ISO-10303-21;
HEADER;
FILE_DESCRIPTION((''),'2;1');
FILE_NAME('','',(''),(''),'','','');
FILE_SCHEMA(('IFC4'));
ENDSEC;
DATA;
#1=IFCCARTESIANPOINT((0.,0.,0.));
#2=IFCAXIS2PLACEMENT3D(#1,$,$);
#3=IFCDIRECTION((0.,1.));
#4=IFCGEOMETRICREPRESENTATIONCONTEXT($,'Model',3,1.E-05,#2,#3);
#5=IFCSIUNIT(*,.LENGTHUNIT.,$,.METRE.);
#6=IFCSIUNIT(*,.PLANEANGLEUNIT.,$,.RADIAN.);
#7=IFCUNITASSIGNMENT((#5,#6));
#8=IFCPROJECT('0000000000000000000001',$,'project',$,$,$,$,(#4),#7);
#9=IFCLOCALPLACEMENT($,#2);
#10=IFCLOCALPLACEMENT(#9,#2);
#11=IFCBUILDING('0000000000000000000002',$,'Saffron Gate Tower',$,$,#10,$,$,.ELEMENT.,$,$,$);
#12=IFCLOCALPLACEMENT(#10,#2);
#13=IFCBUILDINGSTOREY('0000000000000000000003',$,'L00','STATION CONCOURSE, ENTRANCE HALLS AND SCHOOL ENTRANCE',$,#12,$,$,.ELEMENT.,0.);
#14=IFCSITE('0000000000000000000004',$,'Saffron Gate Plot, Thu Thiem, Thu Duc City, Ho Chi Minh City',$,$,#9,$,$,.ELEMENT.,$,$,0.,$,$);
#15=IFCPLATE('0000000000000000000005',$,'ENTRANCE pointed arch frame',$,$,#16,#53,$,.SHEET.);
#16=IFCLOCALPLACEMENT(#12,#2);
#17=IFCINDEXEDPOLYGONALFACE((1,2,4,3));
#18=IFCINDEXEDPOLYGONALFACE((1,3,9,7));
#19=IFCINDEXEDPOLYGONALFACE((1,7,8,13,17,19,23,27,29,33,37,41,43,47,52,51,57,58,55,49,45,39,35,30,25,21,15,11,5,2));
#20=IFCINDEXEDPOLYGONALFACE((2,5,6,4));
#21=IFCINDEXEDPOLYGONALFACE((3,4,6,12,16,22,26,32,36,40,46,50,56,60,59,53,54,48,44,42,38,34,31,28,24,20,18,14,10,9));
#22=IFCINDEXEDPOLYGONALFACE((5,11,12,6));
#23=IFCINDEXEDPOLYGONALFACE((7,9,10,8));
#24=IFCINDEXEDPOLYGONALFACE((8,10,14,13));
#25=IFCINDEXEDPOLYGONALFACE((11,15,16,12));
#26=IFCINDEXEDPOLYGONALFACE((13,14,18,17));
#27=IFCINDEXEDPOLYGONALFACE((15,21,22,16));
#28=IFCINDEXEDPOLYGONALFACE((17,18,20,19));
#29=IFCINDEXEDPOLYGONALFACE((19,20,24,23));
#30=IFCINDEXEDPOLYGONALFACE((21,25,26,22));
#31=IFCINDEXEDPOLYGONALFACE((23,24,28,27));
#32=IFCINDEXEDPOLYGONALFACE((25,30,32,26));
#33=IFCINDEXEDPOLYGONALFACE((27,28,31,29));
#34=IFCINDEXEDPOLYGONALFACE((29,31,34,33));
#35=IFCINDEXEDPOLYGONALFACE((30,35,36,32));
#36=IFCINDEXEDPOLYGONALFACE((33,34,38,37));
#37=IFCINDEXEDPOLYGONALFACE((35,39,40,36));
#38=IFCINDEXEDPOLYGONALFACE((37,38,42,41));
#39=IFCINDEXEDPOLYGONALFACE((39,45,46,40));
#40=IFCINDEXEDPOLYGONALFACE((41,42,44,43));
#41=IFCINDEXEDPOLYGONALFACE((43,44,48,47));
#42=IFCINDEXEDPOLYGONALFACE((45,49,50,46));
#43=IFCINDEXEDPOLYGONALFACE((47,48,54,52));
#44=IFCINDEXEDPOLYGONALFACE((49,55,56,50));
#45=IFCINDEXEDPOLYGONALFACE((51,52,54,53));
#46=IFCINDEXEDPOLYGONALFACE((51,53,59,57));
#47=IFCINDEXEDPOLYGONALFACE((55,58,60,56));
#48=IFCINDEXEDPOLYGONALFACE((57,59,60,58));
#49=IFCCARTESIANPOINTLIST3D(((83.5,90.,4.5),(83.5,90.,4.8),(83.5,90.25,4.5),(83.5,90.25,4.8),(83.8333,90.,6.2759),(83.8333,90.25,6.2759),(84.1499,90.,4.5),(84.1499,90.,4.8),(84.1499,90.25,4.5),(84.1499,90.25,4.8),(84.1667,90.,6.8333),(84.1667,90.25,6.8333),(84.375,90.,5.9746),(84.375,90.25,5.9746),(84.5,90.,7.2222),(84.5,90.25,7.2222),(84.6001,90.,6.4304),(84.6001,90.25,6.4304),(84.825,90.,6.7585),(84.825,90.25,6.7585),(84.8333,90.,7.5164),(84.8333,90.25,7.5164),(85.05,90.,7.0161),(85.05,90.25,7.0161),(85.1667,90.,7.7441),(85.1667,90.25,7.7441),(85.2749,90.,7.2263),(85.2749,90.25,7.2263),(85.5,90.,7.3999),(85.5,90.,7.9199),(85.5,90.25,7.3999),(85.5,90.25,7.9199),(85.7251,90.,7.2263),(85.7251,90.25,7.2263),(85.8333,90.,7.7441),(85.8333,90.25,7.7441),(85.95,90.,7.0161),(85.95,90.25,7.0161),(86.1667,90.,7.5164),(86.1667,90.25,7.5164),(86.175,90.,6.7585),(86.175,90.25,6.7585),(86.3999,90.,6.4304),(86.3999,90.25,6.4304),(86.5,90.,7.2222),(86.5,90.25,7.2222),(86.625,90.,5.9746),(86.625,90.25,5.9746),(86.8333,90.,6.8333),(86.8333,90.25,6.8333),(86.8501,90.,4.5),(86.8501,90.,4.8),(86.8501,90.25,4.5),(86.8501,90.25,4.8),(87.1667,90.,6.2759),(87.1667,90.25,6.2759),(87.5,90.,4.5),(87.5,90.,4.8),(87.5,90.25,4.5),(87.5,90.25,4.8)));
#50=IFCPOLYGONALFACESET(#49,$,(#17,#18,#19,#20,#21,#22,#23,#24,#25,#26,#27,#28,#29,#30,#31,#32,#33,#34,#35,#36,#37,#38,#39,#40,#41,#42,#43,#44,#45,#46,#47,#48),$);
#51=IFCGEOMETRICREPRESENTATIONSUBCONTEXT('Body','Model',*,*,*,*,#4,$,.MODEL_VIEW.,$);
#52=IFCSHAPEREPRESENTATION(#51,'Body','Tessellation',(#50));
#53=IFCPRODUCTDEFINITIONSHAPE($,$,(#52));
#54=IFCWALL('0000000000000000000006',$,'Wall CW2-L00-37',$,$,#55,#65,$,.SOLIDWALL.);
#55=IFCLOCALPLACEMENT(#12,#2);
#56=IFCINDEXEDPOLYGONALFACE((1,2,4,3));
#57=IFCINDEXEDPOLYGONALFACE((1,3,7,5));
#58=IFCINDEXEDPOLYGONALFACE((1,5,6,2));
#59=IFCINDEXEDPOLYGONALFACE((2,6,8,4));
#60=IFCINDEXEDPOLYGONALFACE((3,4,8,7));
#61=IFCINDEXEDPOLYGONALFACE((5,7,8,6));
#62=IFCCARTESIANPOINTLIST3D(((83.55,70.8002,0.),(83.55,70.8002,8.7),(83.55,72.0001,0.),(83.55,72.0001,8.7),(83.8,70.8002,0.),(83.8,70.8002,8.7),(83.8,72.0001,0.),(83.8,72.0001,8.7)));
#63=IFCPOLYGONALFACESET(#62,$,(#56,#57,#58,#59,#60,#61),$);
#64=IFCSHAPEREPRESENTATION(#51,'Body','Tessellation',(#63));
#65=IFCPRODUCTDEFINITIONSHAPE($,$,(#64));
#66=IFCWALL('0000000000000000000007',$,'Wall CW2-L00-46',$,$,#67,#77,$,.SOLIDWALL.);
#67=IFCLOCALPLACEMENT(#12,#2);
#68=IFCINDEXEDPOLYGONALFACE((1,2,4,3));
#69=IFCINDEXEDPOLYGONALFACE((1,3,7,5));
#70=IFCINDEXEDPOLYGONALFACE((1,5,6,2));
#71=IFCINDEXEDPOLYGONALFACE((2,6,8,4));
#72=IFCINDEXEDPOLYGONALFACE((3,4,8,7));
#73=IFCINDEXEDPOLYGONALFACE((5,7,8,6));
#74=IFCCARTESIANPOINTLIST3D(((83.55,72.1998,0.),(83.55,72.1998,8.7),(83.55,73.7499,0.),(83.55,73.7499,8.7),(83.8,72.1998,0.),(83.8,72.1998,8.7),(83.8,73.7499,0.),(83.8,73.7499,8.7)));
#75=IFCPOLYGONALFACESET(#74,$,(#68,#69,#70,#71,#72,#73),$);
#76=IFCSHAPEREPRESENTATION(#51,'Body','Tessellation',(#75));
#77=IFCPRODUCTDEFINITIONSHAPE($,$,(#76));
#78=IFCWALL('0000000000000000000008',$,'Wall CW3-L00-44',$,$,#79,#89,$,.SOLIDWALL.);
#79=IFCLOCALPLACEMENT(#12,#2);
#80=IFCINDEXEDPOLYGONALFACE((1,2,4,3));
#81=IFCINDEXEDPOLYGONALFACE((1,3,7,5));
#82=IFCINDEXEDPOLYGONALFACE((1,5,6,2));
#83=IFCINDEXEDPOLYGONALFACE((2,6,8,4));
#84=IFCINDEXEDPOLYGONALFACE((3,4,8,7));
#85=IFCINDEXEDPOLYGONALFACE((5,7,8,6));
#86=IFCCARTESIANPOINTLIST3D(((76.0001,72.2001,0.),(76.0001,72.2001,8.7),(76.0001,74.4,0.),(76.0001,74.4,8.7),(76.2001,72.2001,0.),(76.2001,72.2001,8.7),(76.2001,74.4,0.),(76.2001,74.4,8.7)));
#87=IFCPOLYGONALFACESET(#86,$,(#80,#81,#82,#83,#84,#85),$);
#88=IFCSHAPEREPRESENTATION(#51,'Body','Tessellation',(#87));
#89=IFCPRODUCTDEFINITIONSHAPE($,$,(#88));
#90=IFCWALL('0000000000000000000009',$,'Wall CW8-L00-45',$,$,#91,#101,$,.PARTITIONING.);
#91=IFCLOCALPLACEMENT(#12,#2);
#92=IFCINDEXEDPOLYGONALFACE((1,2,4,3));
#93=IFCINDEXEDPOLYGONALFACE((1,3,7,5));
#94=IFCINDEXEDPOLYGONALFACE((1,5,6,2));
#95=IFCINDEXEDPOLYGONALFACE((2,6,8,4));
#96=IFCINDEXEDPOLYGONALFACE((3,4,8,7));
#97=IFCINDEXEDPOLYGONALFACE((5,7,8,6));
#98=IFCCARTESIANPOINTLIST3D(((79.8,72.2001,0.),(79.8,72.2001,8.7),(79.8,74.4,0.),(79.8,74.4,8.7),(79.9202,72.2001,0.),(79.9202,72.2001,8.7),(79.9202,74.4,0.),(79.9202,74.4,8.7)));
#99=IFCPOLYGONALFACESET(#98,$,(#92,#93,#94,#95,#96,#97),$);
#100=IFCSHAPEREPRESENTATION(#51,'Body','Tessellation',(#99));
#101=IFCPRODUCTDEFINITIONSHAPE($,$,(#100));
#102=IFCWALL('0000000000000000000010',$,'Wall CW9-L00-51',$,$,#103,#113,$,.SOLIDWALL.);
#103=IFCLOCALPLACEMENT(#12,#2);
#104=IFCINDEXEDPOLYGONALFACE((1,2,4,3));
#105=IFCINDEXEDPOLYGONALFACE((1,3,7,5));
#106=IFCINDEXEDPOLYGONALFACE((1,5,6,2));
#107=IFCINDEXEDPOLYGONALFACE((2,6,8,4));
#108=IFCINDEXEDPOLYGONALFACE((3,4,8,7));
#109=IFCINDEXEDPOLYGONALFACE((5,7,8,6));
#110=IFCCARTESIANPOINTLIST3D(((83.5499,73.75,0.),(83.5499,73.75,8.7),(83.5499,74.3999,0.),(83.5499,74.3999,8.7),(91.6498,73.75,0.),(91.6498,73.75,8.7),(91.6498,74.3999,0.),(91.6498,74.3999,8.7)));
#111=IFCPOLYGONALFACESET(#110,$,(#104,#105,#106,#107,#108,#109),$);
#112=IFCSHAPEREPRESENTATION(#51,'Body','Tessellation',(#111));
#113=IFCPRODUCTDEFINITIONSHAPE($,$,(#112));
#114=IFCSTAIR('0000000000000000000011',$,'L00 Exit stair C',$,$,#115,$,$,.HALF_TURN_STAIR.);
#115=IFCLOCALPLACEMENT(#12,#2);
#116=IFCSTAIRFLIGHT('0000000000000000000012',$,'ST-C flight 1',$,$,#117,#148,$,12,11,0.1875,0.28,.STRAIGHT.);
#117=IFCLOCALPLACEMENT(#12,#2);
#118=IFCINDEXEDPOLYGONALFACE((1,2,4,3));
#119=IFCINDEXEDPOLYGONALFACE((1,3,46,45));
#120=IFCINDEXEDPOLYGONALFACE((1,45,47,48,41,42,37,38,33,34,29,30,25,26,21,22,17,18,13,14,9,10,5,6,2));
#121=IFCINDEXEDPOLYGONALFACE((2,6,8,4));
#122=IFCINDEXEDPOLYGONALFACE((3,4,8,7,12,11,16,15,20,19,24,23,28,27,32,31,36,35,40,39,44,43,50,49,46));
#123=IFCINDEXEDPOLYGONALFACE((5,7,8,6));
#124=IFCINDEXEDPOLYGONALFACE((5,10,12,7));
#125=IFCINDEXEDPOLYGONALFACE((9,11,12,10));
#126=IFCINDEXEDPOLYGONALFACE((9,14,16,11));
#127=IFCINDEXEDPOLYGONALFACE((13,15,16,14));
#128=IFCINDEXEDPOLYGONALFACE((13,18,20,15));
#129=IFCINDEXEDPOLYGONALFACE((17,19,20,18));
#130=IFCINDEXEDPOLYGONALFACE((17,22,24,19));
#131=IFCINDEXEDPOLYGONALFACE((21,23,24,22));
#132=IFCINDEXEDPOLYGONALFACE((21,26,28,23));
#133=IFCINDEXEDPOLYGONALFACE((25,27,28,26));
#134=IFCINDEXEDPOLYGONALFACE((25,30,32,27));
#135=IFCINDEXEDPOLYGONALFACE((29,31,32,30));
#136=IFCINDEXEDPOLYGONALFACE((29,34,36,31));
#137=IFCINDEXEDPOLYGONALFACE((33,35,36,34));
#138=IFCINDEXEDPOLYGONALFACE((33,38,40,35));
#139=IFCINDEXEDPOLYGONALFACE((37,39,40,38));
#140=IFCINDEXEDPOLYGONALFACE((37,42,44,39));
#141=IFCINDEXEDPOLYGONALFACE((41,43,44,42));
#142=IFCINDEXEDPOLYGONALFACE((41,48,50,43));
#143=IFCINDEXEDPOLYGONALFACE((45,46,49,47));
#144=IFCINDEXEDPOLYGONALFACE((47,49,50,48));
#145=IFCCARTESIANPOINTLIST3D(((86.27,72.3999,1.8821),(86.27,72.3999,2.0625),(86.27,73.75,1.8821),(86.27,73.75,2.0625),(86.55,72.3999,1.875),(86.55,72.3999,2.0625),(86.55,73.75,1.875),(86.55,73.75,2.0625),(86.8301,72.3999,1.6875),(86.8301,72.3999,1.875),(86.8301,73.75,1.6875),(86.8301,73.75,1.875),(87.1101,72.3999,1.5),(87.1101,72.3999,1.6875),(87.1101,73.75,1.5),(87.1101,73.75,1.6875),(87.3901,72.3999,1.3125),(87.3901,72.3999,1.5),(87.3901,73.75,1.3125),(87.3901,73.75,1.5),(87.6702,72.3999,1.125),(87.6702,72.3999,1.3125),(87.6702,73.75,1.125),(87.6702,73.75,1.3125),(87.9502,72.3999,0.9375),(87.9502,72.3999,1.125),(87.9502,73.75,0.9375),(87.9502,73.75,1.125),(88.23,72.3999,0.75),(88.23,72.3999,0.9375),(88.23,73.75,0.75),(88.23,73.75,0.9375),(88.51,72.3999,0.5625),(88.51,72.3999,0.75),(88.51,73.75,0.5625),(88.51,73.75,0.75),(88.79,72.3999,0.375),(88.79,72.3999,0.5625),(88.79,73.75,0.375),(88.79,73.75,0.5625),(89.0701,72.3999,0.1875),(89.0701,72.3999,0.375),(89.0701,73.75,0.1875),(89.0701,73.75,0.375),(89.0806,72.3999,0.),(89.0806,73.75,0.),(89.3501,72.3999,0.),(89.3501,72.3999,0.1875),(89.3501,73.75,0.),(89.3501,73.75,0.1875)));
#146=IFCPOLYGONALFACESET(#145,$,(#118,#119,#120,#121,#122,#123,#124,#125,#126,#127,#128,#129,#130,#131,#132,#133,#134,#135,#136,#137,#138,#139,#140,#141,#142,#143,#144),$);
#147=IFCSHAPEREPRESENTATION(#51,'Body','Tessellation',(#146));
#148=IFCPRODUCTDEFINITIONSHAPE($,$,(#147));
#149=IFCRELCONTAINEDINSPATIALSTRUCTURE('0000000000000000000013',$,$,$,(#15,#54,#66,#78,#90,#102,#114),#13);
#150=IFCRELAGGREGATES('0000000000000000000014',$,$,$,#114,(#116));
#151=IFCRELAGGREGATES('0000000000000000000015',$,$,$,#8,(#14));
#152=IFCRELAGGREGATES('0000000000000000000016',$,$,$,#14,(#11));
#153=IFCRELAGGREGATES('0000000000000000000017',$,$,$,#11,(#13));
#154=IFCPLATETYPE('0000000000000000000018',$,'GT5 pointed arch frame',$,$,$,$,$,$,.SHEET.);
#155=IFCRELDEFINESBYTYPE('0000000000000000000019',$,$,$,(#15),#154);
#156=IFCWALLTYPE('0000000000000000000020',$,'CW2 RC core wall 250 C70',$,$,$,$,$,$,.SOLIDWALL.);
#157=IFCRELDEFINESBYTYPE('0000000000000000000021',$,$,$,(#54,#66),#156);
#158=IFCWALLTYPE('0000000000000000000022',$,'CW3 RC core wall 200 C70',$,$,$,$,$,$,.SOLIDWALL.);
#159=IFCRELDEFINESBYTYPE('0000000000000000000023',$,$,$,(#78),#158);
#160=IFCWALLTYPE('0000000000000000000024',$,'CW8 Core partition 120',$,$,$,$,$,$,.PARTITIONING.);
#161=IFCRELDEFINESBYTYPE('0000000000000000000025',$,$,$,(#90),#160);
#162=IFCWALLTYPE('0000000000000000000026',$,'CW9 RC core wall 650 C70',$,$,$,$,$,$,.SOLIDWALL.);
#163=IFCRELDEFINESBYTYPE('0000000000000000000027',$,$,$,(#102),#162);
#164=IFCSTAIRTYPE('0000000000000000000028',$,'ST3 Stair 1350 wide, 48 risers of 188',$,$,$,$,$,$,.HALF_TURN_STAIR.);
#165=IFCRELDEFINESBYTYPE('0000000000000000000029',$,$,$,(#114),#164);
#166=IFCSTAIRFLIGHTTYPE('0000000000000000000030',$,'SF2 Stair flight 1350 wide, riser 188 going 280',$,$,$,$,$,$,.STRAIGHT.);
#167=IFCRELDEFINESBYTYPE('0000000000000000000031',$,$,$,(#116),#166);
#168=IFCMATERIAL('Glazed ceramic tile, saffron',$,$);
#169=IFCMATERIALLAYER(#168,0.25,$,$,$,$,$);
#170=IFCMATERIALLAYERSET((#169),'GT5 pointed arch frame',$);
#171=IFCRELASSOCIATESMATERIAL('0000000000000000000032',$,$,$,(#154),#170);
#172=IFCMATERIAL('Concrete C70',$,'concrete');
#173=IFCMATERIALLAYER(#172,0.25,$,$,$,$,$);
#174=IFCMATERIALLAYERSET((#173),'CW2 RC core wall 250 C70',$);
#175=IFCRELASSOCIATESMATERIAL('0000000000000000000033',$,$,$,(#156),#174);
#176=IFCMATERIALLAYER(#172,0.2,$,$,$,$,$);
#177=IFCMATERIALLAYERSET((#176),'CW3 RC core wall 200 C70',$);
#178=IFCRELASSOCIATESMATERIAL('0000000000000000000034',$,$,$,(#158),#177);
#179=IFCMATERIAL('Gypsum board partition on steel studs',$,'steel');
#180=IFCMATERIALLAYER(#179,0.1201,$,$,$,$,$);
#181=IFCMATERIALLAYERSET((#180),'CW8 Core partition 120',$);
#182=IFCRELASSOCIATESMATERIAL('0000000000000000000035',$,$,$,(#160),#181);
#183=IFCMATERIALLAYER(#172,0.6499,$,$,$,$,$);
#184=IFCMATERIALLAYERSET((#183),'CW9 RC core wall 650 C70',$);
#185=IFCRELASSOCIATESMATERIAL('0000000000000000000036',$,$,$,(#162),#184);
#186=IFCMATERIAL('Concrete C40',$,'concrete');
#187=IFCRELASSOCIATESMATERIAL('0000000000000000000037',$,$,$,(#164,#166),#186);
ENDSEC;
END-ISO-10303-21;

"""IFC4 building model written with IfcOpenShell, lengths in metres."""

from ifc_helpers import new_model, si_unit, direction, frame, frame_2d, origin, place, context, subcontext, project, spatial, polyline, rectangle, outline, extrude, material, layer, layer_set, type_object, element, aggregate, save


model = new_model("IFC4")

# Units and contexts
model_context = context("Model", 3, precision=1e-05, world=origin(), true_north=direction((0.0, 1.0)))
body_context = subcontext(model_context, "Body", "Model", "MODEL_VIEW")
ifc_project = project(units=[si_unit("LENGTHUNIT", "METRE"), si_unit("PLANEANGLEUNIT", "RADIAN")], contexts=[model_context])

# Site, building, storey
site_placement = place(None, origin())
site = spatial("IfcSite", under=ifc_project, at=site_placement, Name="Saffron Gate Plot, Thu Thiem, Thu Duc City, Ho Chi Minh City", CompositionType="ELEMENT", RefElevation=0.0)
building_placement = place(site_placement, origin())
building = spatial("IfcBuilding", under=site, at=building_placement, Name="Saffron Gate Tower", CompositionType="ELEMENT")
storey_placement = place(building_placement, origin())
storey = spatial("IfcBuildingStorey", under=building, at=storey_placement, Name="L00", Description="STATION CONCOURSE, ENTRANCE HALLS AND SCHOOL ENTRANCE", CompositionType="ELEMENT", Elevation=0.0)

# Plate
ifc_material_1 = material(Name="Glazed ceramic tile, saffron")
ifc_layer_1 = layer(ifc_material_1, 0.25)
ifc_layer_set_1 = layer_set([ifc_layer_1], Name="GT5 pointed arch frame")
plate_type_1 = type_object("IfcPlateType", Name="GT5 pointed arch frame", PredefinedType="SHEET", material=ifc_layer_set_1)
plate_1_placement = place(storey_placement, frame((86.8501, 90.25, 4.5), z_axis=(0.0, 1.0, 0.0), x_axis=(0.0, 0.0, 1.0)))
element("IfcPlate", 1, at=plate_1_placement, inside=storey, type_object=plate_type_1, Name="ENTRANCE pointed arch frame", PredefinedType="SHEET", context=body_context, shape_type="SweptSolid", body=[
    extrude(outline(polyline([(0.0, 0.0), (0.3, 0.0), (1.4746, -0.2251), (1.9304, -0.4502), (2.2585, -0.675), (2.5161, -0.9001), (2.7263, -1.125), (2.8999, -1.3501), (2.7263, -1.5752), (2.5161, -1.8), (2.2585, -2.0251), (1.9304, -2.25), (1.4746, -2.4751), (0.3, -2.7002), (0.0, -2.7002), (0.0, -3.3501), (0.3, -3.3501), (1.7759, -3.0168), (2.3333, -2.6833), (2.7222, -2.3501), (3.0164, -2.0168), (3.2441, -1.6833), (3.4199, -1.3501), (3.2441, -1.0168), (3.0164, -0.6833), (2.7222, -0.3501), (2.3333, -0.0168), (1.7759, 0.3167), (0.3, 0.6499), (0.0, 0.6499), (0.0, 0.0)])), origin(), (0.0, 0.0, -1.0), 0.25),
])

# Walls
ifc_material_2 = material(Name="Concrete C70", Category="concrete")
ifc_layer_2 = layer(ifc_material_2, 0.25)
ifc_layer_set_2 = layer_set([ifc_layer_2], Name="CW2 RC core wall 250 C70")
wall_type_1 = type_object("IfcWallType", Name="CW2 RC core wall 250 C70", PredefinedType="SOLIDWALL", material=ifc_layer_set_2)
wall_1_placement = place(storey_placement, frame((83.675, 70.8, 0.0), z_axis=(0.0, 0.0, 1.0), x_axis=(0.0, 1.0, 0.0)))
element("IfcWall", 2, at=wall_1_placement, inside=storey, type_object=wall_type_1, Name="Wall CW2-L00-37", PredefinedType="SOLIDWALL", context=body_context, shape_type="SweptSolid", body=[
    extrude(rectangle(XDim=1.2, YDim=0.25, at=frame_2d((0.6001, 0.0))), origin(), (0.0, 0.0, 1.0), 8.7),
])
wall_2_placement = place(storey_placement, frame((83.675, 72.2, 0.0), z_axis=(0.0, 0.0, 1.0), x_axis=(0.0, 1.0, 0.0)))
element("IfcWall", 3, at=wall_2_placement, inside=storey, type_object=wall_type_1, Name="Wall CW2-L00-46", PredefinedType="SOLIDWALL", context=body_context, shape_type="SweptSolid", body=[
    extrude(rectangle(XDim=1.55, YDim=0.25, at=frame_2d((0.7749, 0.0))), origin(), (0.0, 0.0, 1.0), 8.7),
])
ifc_layer_3 = layer(ifc_material_2, 0.2)
ifc_layer_set_3 = layer_set([ifc_layer_3], Name="CW3 RC core wall 200 C70")
wall_type_2 = type_object("IfcWallType", Name="CW3 RC core wall 200 C70", PredefinedType="SOLIDWALL", material=ifc_layer_set_3)
wall_3_placement = place(storey_placement, frame((76.1001, 72.2, 0.0), z_axis=(0.0, 0.0, 1.0), x_axis=(0.0, 1.0, 0.0)))
element("IfcWall", 4, at=wall_3_placement, inside=storey, type_object=wall_type_2, Name="Wall CW3-L00-44", PredefinedType="SOLIDWALL", context=body_context, shape_type="SweptSolid", body=[
    extrude(rectangle(XDim=2.2, YDim=0.2, at=frame_2d((1.1001, 0.0))), origin(), (0.0, 0.0, 1.0), 8.7),
])
ifc_material_3 = material(Name="Gypsum board partition on steel studs", Category="steel")
ifc_layer_4 = layer(ifc_material_3, 0.1201)
ifc_layer_set_4 = layer_set([ifc_layer_4], Name="CW8 Core partition 120")
wall_type_3 = type_object("IfcWallType", Name="CW8 Core partition 120", PredefinedType="PARTITIONING", material=ifc_layer_set_4)
wall_4_placement = place(storey_placement, frame((79.8601, 72.2, 0.0), z_axis=(0.0, 0.0, 1.0), x_axis=(0.0, 1.0, 0.0)))
element("IfcWall", 5, at=wall_4_placement, inside=storey, type_object=wall_type_3, Name="Wall CW8-L00-45", PredefinedType="PARTITIONING", context=body_context, shape_type="SweptSolid", body=[
    extrude(rectangle(XDim=2.2, YDim=0.1201, at=frame_2d((1.1001, 0.0))), origin(), (0.0, 0.0, 1.0), 8.7),
])
ifc_layer_5 = layer(ifc_material_2, 0.6499)
ifc_layer_set_5 = layer_set([ifc_layer_5], Name="CW9 RC core wall 650 C70")
wall_type_4 = type_object("IfcWallType", Name="CW9 RC core wall 650 C70", PredefinedType="SOLIDWALL", material=ifc_layer_set_5)
wall_5_placement = place(storey_placement, frame((83.55, 74.075, 0.0), z_axis=(0.0, 0.0, 1.0), x_axis=(1.0, 0.0, 0.0)))
element("IfcWall", 6, at=wall_5_placement, inside=storey, type_object=wall_type_4, Name="Wall CW9-L00-51", PredefinedType="SOLIDWALL", context=body_context, shape_type="SweptSolid", body=[
    extrude(rectangle(XDim=8.0999, YDim=0.6499, at=frame_2d((4.0498, 0.0))), origin(), (0.0, 0.0, 1.0), 8.7),
])

# Stair, stair flight
ifc_material_4 = material(Name="Concrete C40", Category="concrete")
stair_type = type_object("IfcStairType", Name="ST3 Stair 1350 wide, 48 risers of 188", PredefinedType="HALF_TURN_STAIR", material=ifc_material_4)
stair_placement = place(storey_placement, origin())
stair = element("IfcStair", 7, at=stair_placement, inside=storey, type_object=stair_type, Name="L00 Exit stair C", PredefinedType="HALF_TURN_STAIR")
stair_flight_type = type_object("IfcStairFlightType", Name="SF2 Stair flight 1350 wide, riser 188 going 280", PredefinedType="STRAIGHT", material=ifc_material_4)
stair_flight_1_placement = place(storey_placement, frame((89.3501, 73.075, 0.0), z_axis=(0.0, 0.0, 1.0), x_axis=(-1.0, 0.0, 0.0)))
stair_flight_1 = element("IfcStairFlight", 8, at=stair_flight_1_placement, type_object=stair_flight_type, Name="ST-C flight 1", NumberOfRisers=12, NumberOfTreads=11, PredefinedType="STRAIGHT", RiserHeight=0.1875, TreadLength=0.28, context=body_context, shape_type="SweptSolid", body=[
    extrude(outline(polyline([(0.0, 0.0), (0.0, 0.1875), (0.28, 0.1875), (0.28, 0.375), (0.5601, 0.375), (0.5601, 0.5625), (0.8401, 0.5625), (0.8401, 0.75), (1.1201, 0.75), (1.1201, 0.9375), (1.3999, 0.9375), (1.3999, 1.125), (1.6799, 1.125), (1.6799, 1.3125), (1.96, 1.3125), (1.96, 1.5), (2.24, 1.5), (2.24, 1.6875), (2.52, 1.6875), (2.52, 1.875), (2.8, 1.875), (2.8, 2.0625), (3.0801, 2.0625), (3.0801, 2.25), (3.0801, 1.8821), (0.2695, 0.0), (0.0, 0.0)])), frame((0.0, 0.675, 0.0), z_axis=(0.0, -1.0, 0.0), x_axis=(1.0, 0.0, 0.0)), (0.0, 0.0, 1.0), 1.3501),
])
aggregate(stair, [stair_flight_1])

save(model, "model.ifc")
